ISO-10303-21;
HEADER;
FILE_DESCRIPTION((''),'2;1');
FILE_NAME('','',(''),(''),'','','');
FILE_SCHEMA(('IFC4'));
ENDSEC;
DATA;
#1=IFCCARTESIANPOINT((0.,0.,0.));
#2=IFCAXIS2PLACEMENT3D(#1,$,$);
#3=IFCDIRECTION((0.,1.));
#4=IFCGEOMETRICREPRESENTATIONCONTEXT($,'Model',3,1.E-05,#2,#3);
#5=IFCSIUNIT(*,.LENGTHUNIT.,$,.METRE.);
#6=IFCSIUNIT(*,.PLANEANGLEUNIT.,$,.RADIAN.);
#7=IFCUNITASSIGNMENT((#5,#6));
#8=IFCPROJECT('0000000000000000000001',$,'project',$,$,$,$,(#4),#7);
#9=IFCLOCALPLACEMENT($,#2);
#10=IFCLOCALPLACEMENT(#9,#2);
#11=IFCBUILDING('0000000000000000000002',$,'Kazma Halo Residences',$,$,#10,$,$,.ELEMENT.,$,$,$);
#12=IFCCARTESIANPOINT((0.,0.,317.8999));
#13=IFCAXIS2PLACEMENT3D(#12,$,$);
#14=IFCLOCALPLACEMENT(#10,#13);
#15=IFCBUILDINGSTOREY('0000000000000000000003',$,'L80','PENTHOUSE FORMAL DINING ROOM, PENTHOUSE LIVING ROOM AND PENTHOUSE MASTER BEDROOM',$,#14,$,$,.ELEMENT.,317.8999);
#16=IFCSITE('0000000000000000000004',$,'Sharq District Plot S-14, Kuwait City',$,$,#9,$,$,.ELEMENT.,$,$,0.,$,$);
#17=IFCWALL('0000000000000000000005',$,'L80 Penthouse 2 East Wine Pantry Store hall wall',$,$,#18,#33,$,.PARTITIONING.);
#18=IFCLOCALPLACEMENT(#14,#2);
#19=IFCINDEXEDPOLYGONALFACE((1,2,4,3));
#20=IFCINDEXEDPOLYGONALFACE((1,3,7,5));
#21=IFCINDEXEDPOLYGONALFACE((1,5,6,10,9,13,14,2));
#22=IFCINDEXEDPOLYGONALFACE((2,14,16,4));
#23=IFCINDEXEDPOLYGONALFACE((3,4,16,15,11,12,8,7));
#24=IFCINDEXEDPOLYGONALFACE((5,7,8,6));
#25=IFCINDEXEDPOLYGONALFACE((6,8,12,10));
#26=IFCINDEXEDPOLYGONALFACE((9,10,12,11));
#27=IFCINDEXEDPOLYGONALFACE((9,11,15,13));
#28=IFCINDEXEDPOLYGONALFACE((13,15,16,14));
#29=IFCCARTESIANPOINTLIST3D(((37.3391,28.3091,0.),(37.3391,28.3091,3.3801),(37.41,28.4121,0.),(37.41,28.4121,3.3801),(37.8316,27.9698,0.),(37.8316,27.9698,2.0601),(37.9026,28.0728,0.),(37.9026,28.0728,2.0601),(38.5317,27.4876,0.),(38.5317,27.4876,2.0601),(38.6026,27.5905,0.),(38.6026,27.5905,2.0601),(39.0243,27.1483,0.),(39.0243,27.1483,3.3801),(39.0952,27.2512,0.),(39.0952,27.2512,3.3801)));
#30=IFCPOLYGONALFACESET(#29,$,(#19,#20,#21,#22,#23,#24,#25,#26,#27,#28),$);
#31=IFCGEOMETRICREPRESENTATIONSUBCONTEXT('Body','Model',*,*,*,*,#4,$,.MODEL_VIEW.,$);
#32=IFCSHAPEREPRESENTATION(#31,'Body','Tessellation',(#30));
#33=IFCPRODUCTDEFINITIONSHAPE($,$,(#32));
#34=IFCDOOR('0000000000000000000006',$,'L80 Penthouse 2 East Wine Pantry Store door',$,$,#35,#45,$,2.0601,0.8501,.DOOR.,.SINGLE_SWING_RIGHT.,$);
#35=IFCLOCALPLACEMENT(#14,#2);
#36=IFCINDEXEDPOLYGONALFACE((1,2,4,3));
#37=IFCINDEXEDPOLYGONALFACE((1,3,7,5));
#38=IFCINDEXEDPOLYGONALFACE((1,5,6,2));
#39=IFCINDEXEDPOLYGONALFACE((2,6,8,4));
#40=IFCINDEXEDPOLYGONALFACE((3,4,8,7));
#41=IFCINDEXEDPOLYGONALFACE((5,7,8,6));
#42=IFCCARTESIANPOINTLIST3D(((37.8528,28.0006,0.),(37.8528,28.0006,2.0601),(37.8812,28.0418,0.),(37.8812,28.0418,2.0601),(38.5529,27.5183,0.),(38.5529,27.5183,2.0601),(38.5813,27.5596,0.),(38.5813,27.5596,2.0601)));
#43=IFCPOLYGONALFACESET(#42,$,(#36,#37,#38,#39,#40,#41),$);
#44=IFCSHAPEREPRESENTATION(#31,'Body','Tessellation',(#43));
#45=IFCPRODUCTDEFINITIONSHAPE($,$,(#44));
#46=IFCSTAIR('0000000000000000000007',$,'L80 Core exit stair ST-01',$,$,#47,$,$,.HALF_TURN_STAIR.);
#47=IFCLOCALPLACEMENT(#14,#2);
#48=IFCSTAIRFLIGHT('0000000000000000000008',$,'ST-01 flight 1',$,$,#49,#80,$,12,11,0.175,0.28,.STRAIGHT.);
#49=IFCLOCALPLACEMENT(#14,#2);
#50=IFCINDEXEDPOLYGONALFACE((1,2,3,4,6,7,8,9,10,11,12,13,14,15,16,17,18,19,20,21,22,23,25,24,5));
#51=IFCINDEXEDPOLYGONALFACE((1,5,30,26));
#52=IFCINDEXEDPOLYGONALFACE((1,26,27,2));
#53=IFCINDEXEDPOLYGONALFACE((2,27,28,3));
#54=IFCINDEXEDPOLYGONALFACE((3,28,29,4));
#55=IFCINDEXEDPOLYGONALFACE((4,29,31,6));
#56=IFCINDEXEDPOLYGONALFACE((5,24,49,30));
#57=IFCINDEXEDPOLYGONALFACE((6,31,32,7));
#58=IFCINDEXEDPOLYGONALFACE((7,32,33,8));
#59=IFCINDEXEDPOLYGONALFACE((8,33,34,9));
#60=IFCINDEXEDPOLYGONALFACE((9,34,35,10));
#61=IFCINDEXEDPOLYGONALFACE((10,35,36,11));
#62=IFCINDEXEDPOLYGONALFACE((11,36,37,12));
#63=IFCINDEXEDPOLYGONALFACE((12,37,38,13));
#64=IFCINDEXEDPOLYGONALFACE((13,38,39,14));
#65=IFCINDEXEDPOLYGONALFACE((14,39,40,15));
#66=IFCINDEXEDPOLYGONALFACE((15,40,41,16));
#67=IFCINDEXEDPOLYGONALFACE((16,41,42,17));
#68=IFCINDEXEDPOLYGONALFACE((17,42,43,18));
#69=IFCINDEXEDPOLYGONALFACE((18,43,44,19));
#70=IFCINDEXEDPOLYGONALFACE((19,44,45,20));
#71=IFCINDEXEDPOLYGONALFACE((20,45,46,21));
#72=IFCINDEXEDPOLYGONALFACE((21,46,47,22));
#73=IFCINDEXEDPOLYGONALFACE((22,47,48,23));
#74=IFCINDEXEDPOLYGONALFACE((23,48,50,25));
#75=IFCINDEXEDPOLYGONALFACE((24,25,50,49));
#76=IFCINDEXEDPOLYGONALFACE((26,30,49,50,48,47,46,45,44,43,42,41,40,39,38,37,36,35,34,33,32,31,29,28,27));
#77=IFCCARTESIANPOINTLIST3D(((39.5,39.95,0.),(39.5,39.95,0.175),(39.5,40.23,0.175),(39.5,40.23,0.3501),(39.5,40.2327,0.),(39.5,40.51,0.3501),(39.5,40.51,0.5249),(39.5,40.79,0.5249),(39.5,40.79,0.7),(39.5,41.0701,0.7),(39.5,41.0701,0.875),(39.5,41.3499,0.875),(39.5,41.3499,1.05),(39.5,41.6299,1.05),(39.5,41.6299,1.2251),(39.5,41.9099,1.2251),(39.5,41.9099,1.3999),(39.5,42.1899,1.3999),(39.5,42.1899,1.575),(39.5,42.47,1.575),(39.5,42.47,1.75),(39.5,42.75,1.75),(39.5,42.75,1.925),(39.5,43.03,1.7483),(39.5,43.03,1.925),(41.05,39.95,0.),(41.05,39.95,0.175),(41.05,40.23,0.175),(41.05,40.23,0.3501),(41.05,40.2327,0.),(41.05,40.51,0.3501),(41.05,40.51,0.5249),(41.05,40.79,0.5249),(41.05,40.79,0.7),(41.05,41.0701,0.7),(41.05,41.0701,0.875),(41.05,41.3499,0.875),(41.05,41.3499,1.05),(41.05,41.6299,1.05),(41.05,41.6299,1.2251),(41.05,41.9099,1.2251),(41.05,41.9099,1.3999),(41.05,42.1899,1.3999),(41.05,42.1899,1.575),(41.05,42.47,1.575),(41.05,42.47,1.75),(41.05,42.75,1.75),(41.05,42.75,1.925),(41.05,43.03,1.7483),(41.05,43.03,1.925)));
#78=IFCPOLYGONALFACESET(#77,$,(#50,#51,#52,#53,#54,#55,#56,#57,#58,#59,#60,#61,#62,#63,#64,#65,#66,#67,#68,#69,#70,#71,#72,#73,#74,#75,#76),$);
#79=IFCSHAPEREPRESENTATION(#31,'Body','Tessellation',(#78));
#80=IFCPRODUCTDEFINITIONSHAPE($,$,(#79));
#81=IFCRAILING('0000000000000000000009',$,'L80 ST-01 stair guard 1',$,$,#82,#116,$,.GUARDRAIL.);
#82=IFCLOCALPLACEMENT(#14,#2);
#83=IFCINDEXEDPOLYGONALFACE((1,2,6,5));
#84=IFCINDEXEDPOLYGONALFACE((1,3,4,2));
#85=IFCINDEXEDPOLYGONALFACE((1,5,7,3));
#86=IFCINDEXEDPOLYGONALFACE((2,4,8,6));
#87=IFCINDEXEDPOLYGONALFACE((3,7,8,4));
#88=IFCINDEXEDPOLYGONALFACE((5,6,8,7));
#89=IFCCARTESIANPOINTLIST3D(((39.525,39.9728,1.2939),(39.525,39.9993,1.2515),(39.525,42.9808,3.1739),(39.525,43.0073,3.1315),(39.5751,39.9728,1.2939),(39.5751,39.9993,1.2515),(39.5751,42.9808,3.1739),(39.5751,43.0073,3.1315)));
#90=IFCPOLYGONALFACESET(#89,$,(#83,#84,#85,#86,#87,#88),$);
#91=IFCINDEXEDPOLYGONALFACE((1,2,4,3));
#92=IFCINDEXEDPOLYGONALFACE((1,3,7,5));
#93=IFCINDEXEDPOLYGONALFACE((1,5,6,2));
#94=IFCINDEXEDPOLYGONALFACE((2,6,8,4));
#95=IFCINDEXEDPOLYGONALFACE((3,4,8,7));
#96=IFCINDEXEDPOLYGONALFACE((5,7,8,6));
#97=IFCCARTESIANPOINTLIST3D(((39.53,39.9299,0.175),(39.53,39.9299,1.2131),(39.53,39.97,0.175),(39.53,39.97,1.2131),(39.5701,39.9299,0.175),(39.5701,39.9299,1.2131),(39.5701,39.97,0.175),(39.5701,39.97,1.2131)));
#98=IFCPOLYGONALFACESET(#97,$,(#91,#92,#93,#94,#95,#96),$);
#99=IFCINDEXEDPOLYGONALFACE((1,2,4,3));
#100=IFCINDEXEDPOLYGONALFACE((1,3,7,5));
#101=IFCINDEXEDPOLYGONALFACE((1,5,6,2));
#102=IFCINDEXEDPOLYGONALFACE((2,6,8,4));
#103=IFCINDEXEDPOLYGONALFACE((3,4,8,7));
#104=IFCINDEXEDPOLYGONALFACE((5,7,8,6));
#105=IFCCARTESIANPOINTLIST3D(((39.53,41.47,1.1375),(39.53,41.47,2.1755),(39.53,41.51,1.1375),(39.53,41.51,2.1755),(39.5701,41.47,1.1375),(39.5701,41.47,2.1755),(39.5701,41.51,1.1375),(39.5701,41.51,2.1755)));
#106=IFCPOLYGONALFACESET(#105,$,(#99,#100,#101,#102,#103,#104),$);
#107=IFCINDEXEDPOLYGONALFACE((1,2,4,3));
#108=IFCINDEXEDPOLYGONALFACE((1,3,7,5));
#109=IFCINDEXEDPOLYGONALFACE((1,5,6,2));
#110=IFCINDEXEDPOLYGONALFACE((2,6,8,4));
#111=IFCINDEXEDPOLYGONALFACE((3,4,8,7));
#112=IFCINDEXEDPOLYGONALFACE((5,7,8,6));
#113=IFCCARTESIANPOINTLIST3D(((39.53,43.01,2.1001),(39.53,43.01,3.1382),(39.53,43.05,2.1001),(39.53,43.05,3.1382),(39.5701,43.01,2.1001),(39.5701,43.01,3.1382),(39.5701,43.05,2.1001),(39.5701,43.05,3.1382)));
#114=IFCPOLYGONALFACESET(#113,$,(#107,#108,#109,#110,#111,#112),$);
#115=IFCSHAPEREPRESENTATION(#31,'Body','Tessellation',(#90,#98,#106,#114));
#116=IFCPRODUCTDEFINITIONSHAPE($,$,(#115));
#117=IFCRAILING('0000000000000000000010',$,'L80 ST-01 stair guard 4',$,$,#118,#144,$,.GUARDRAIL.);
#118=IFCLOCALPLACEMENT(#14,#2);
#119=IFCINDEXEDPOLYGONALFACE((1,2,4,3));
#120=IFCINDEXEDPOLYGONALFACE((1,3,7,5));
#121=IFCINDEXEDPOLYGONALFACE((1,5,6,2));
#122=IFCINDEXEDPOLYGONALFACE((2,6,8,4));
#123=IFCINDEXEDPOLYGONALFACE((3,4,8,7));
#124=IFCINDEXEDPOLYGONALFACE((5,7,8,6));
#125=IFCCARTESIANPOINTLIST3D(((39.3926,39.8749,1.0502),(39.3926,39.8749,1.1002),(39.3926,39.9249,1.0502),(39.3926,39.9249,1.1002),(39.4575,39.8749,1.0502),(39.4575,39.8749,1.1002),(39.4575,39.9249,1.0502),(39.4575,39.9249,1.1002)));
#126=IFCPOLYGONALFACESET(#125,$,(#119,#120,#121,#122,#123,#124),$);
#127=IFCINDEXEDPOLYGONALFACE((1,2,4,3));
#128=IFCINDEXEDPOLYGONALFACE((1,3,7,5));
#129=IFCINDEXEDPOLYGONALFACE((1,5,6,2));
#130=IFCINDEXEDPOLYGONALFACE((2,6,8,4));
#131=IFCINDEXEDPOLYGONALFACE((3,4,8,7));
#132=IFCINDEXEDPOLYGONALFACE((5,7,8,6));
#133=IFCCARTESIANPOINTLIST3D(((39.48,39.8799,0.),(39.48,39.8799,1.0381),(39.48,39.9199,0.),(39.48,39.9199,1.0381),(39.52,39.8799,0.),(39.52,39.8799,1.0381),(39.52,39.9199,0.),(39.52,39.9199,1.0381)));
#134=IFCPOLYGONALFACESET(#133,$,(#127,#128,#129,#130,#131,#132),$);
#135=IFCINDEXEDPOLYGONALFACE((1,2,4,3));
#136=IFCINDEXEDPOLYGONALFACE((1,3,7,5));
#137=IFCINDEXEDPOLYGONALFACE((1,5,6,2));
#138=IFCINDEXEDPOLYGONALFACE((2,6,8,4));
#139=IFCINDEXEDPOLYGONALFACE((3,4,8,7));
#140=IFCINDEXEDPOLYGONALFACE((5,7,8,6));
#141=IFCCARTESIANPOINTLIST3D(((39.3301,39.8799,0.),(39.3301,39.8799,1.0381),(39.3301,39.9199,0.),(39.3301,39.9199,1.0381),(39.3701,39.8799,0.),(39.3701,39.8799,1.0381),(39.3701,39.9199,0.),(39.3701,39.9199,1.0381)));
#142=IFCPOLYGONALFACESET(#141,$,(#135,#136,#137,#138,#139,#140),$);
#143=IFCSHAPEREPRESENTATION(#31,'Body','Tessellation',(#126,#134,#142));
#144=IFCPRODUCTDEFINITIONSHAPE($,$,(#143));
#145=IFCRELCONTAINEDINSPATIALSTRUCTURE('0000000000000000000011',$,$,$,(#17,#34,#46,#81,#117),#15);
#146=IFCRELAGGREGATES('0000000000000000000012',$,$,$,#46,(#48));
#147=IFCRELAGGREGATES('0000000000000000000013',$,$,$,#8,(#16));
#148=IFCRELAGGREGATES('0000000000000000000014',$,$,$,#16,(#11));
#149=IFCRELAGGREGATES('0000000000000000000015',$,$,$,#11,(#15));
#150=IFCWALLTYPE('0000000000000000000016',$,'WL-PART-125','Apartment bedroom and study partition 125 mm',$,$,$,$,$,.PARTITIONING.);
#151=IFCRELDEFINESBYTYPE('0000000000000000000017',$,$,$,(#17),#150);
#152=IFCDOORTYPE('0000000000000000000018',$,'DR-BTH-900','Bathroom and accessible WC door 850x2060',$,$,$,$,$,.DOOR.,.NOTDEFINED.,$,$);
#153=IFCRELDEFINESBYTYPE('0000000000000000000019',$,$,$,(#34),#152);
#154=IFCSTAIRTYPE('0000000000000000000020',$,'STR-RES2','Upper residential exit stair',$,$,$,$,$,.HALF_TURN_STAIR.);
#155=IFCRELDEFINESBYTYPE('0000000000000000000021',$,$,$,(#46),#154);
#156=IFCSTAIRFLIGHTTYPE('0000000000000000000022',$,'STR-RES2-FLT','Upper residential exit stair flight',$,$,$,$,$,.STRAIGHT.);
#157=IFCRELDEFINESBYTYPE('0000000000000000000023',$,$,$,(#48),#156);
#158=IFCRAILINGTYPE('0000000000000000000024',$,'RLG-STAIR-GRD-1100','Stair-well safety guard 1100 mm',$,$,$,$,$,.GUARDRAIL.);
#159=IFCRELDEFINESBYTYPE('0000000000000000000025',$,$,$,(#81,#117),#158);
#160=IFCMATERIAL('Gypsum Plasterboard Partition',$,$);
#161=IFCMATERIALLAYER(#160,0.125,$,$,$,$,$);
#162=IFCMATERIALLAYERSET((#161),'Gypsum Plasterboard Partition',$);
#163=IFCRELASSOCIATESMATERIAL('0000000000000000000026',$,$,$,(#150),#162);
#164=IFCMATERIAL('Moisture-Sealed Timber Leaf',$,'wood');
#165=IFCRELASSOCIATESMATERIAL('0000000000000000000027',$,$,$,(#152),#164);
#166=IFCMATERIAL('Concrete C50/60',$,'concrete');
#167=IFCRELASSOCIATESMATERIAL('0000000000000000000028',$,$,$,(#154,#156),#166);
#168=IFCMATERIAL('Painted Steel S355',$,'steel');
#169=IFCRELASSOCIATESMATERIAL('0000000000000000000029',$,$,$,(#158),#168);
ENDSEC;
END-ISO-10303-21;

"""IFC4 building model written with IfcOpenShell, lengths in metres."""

from ifc_helpers import new_model, si_unit, direction, frame, frame_2d, origin, origin_2d, place, context, subcontext, project, spatial, polyline, rectangle, outline, extrude, material, layer, layer_set, type_object, element, fill, aggregate, save


model = new_model("IFC4")

# Units and contexts
model_context = context("Model", 3, precision=1e-05, world=origin(), true_north=direction((0.0, 1.0)))
body_context = subcontext(model_context, "Body", "Model", "MODEL_VIEW")
ifc_project = project(units=[si_unit("LENGTHUNIT", "METRE"), si_unit("PLANEANGLEUNIT", "RADIAN")], contexts=[model_context])

# Site, building, storey
site_placement = place(None, origin())
site = spatial("IfcSite", under=ifc_project, at=site_placement, Name="Sharq District Plot S-14, Kuwait City", CompositionType="ELEMENT", RefElevation=0.0)
building_placement = place(site_placement, origin())
building = spatial("IfcBuilding", under=site, at=building_placement, Name="Kazma Halo Residences", CompositionType="ELEMENT")
storey_placement = place(building_placement, frame((0.0, 0.0, 317.8999)))
storey = spatial("IfcBuildingStorey", under=building, at=storey_placement, Name="L80", Description="PENTHOUSE FORMAL DINING ROOM, PENTHOUSE LIVING ROOM AND PENTHOUSE MASTER BEDROOM", CompositionType="ELEMENT", Elevation=317.8999)

# Shared definitions
ifc_material_1 = material(Name="Gypsum Plasterboard Partition")
ifc_layer_1 = layer(ifc_material_1, 0.125)
ifc_layer_set_1 = layer_set([ifc_layer_1], Name="Gypsum Plasterboard Partition")
wall_type_1 = type_object("IfcWallType", Name="WL-PART-125", Description="Apartment bedroom and study partition 125 mm", PredefinedType="PARTITIONING", material=ifc_layer_set_1)

# Wall, opening, door
ifc_material_2 = material(Name="Moisture-Sealed Timber Leaf", Category="wood")
door_type_1 = type_object("IfcDoorType", Name="DR-BTH-900", Description="Bathroom and accessible WC door 850x2060", OperationType="NOTDEFINED", PredefinedType="DOOR", material=ifc_material_2)
wall_1_placement = place(storey_placement, frame((37.3745, 28.3606, 0.0), z_axis=(0.0, 0.0, 1.0), x_axis=(0.82353, -0.567273, 0.0)))
wall_1 = element("IfcWall", 1, at=wall_1_placement, inside=storey, type_object=wall_type_1, Name="L80 Penthouse 2 East Wine Pantry Store hall wall", PredefinedType="PARTITIONING", context=body_context, shape_type="SweptSolid", body=[
    extrude(rectangle(XDim=2.0464, YDim=0.125, at=frame_2d((1.0232, 0.0))), origin(), (0.0, 0.0, 1.0), 3.3801),
])
opening_1_placement = place(wall_1_placement, frame((0.5981, 0.0, 0.0)))
opening_1 = element("IfcOpeningElement", 2, at=opening_1_placement, cuts=wall_1, PredefinedType="OPENING", context=body_context, shape_type="SweptSolid", body=[
    extrude(rectangle(XDim=0.8501, YDim=2.0601, at=frame_2d((0.425, 1.03))), frame((0.0, 0.0725, 0.0), z_axis=(0.0, -1.0, 0.0), x_axis=(1.0, 0.0, 0.0)), (0.0, 0.0, 1.0), 0.145),
])
door_1_placement = place(opening_1_placement, origin())
door_1 = element("IfcDoor", 3, at=door_1_placement, inside=storey, type_object=door_type_1, Name="L80 Penthouse 2 East Wine Pantry Store door", OperationType="SINGLE_SWING_RIGHT", OverallHeight=2.0601, OverallWidth=0.8501, PredefinedType="DOOR", context=body_context, shape_type="SweptSolid", body=[
    extrude(rectangle(XDim=0.8501, YDim=2.0601, at=frame_2d((0.425, 1.03))), frame((0.0, 0.0249, 0.0), z_axis=(0.0, -1.0, 0.0), x_axis=(1.0, 0.0, 0.0)), (0.0, 0.0, 1.0), 0.05),
])
fill(opening_1, door_1)
ifc_material_3 = material(Name="Concrete C50/60", Category="concrete")

# Stair, stair flight
stair_type = type_object("IfcStairType", Name="STR-RES2", Description="Upper residential exit stair", PredefinedType="HALF_TURN_STAIR", material=ifc_material_3)
stair_placement = place(storey_placement, origin())
stair = element("IfcStair", 4, at=stair_placement, inside=storey, type_object=stair_type, Name="L80 Core exit stair ST-01", PredefinedType="HALF_TURN_STAIR")
stair_flight_type = type_object("IfcStairFlightType", Name="STR-RES2-FLT", Description="Upper residential exit stair flight", PredefinedType="STRAIGHT", material=ifc_material_3)
stair_flight_placement = place(storey_placement, frame((40.2749, 39.95, 0.0), z_axis=(0.0, 0.0, 1.0), x_axis=(0.0, 1.0, 0.0)))
stair_flight = element("IfcStairFlight", 5, at=stair_flight_placement, type_object=stair_flight_type, Name="ST-01 flight 1", NumberOfRisers=12, NumberOfTreads=11, PredefinedType="STRAIGHT", RiserHeight=0.175, TreadLength=0.28, context=body_context, shape_type="SweptSolid", body=[
    extrude(outline(polyline([(0.0, 0.0), (0.0, 0.175), (0.28, 0.175), (0.28, 0.3501), (0.5601, 0.3501), (0.5601, 0.5249), (0.8401, 0.5249), (0.8401, 0.7), (1.1201, 0.7), (1.1201, 0.875), (1.3999, 0.875), (1.3999, 1.05), (1.6799, 1.05), (1.6799, 1.2251), (1.96, 1.2251), (1.96, 1.3999), (2.24, 1.3999), (2.24, 1.575), (2.52, 1.575), (2.52, 1.75), (2.8, 1.75), (2.8, 1.925), (3.0801, 1.925), (3.0801, 2.1001), (3.0801, 1.7483), (0.2827, 0.0), (0.0, 0.0)])), frame((0.0, 0.7749, 0.0), z_axis=(0.0, -1.0, 0.0), x_axis=(1.0, 0.0, 0.0)), (0.0, 0.0, 1.0), 1.55),
])
aggregate(stair, [stair_flight])

# Railings
ifc_material_4 = material(Name="Painted Steel S355", Category="steel")
railing_type = type_object("IfcRailingType", Name="RLG-STAIR-GRD-1100", Description="Stair-well safety guard 1100 mm", PredefinedType="GUARDRAIL", material=ifc_material_4)
railing_1_placement = place(storey_placement, frame((39.55, 39.95, 0.175)))
element("IfcRailing", 6, at=railing_1_placement, inside=storey, type_object=railing_type, Name="L80 ST-01 stair guard 1", PredefinedType="GUARDRAIL", context=body_context, shape_type="SweptSolid", body=[
    extrude(rectangle(XDim=0.05, YDim=0.05, at=origin_2d()), frame((0.0, 0.0361, 1.0977), z_axis=(0.0, 0.847998, 0.529999), x_axis=(-1.0, 0.0, 0.0)), (0.0, 0.0, 1.0), 3.5471),
    extrude(rectangle(XDim=0.04, YDim=0.04, at=origin_2d()), origin(), (0.0, 0.0, 1.0), 1.0381),
    extrude(rectangle(XDim=0.04, YDim=0.04, at=origin_2d()), frame((0.0, 1.54, 0.9624)), (0.0, 0.0, 1.0), 1.0381),
    extrude(rectangle(XDim=0.04, YDim=0.04, at=origin_2d()), frame((0.0, 3.0801, 1.925)), (0.0, 0.0, 1.0), 1.0381),
])
railing_2_placement = place(storey_placement, frame((39.5, 39.8999, 0.0)))
element("IfcRailing", 7, at=railing_2_placement, inside=storey, type_object=railing_type, Name="L80 ST-01 stair guard 4", PredefinedType="GUARDRAIL", context=body_context, shape_type="SweptSolid", body=[
    extrude(rectangle(XDim=0.05, YDim=0.05, at=origin_2d()), frame((-0.0425, 0.0, 1.0752), z_axis=(-1.0, 0.0, 0.0), x_axis=(0.0, -1.0, 0.0)), (0.0, 0.0, 1.0), 0.0649),
    extrude(rectangle(XDim=0.04, YDim=0.04, at=origin_2d()), origin(), (0.0, 0.0, 1.0), 1.0381),
    extrude(rectangle(XDim=0.04, YDim=0.04, at=origin_2d()), frame((-0.1499, 0.0, 0.0)), (0.0, 0.0, 1.0), 1.0381),
])

save(model, "model.ifc")
